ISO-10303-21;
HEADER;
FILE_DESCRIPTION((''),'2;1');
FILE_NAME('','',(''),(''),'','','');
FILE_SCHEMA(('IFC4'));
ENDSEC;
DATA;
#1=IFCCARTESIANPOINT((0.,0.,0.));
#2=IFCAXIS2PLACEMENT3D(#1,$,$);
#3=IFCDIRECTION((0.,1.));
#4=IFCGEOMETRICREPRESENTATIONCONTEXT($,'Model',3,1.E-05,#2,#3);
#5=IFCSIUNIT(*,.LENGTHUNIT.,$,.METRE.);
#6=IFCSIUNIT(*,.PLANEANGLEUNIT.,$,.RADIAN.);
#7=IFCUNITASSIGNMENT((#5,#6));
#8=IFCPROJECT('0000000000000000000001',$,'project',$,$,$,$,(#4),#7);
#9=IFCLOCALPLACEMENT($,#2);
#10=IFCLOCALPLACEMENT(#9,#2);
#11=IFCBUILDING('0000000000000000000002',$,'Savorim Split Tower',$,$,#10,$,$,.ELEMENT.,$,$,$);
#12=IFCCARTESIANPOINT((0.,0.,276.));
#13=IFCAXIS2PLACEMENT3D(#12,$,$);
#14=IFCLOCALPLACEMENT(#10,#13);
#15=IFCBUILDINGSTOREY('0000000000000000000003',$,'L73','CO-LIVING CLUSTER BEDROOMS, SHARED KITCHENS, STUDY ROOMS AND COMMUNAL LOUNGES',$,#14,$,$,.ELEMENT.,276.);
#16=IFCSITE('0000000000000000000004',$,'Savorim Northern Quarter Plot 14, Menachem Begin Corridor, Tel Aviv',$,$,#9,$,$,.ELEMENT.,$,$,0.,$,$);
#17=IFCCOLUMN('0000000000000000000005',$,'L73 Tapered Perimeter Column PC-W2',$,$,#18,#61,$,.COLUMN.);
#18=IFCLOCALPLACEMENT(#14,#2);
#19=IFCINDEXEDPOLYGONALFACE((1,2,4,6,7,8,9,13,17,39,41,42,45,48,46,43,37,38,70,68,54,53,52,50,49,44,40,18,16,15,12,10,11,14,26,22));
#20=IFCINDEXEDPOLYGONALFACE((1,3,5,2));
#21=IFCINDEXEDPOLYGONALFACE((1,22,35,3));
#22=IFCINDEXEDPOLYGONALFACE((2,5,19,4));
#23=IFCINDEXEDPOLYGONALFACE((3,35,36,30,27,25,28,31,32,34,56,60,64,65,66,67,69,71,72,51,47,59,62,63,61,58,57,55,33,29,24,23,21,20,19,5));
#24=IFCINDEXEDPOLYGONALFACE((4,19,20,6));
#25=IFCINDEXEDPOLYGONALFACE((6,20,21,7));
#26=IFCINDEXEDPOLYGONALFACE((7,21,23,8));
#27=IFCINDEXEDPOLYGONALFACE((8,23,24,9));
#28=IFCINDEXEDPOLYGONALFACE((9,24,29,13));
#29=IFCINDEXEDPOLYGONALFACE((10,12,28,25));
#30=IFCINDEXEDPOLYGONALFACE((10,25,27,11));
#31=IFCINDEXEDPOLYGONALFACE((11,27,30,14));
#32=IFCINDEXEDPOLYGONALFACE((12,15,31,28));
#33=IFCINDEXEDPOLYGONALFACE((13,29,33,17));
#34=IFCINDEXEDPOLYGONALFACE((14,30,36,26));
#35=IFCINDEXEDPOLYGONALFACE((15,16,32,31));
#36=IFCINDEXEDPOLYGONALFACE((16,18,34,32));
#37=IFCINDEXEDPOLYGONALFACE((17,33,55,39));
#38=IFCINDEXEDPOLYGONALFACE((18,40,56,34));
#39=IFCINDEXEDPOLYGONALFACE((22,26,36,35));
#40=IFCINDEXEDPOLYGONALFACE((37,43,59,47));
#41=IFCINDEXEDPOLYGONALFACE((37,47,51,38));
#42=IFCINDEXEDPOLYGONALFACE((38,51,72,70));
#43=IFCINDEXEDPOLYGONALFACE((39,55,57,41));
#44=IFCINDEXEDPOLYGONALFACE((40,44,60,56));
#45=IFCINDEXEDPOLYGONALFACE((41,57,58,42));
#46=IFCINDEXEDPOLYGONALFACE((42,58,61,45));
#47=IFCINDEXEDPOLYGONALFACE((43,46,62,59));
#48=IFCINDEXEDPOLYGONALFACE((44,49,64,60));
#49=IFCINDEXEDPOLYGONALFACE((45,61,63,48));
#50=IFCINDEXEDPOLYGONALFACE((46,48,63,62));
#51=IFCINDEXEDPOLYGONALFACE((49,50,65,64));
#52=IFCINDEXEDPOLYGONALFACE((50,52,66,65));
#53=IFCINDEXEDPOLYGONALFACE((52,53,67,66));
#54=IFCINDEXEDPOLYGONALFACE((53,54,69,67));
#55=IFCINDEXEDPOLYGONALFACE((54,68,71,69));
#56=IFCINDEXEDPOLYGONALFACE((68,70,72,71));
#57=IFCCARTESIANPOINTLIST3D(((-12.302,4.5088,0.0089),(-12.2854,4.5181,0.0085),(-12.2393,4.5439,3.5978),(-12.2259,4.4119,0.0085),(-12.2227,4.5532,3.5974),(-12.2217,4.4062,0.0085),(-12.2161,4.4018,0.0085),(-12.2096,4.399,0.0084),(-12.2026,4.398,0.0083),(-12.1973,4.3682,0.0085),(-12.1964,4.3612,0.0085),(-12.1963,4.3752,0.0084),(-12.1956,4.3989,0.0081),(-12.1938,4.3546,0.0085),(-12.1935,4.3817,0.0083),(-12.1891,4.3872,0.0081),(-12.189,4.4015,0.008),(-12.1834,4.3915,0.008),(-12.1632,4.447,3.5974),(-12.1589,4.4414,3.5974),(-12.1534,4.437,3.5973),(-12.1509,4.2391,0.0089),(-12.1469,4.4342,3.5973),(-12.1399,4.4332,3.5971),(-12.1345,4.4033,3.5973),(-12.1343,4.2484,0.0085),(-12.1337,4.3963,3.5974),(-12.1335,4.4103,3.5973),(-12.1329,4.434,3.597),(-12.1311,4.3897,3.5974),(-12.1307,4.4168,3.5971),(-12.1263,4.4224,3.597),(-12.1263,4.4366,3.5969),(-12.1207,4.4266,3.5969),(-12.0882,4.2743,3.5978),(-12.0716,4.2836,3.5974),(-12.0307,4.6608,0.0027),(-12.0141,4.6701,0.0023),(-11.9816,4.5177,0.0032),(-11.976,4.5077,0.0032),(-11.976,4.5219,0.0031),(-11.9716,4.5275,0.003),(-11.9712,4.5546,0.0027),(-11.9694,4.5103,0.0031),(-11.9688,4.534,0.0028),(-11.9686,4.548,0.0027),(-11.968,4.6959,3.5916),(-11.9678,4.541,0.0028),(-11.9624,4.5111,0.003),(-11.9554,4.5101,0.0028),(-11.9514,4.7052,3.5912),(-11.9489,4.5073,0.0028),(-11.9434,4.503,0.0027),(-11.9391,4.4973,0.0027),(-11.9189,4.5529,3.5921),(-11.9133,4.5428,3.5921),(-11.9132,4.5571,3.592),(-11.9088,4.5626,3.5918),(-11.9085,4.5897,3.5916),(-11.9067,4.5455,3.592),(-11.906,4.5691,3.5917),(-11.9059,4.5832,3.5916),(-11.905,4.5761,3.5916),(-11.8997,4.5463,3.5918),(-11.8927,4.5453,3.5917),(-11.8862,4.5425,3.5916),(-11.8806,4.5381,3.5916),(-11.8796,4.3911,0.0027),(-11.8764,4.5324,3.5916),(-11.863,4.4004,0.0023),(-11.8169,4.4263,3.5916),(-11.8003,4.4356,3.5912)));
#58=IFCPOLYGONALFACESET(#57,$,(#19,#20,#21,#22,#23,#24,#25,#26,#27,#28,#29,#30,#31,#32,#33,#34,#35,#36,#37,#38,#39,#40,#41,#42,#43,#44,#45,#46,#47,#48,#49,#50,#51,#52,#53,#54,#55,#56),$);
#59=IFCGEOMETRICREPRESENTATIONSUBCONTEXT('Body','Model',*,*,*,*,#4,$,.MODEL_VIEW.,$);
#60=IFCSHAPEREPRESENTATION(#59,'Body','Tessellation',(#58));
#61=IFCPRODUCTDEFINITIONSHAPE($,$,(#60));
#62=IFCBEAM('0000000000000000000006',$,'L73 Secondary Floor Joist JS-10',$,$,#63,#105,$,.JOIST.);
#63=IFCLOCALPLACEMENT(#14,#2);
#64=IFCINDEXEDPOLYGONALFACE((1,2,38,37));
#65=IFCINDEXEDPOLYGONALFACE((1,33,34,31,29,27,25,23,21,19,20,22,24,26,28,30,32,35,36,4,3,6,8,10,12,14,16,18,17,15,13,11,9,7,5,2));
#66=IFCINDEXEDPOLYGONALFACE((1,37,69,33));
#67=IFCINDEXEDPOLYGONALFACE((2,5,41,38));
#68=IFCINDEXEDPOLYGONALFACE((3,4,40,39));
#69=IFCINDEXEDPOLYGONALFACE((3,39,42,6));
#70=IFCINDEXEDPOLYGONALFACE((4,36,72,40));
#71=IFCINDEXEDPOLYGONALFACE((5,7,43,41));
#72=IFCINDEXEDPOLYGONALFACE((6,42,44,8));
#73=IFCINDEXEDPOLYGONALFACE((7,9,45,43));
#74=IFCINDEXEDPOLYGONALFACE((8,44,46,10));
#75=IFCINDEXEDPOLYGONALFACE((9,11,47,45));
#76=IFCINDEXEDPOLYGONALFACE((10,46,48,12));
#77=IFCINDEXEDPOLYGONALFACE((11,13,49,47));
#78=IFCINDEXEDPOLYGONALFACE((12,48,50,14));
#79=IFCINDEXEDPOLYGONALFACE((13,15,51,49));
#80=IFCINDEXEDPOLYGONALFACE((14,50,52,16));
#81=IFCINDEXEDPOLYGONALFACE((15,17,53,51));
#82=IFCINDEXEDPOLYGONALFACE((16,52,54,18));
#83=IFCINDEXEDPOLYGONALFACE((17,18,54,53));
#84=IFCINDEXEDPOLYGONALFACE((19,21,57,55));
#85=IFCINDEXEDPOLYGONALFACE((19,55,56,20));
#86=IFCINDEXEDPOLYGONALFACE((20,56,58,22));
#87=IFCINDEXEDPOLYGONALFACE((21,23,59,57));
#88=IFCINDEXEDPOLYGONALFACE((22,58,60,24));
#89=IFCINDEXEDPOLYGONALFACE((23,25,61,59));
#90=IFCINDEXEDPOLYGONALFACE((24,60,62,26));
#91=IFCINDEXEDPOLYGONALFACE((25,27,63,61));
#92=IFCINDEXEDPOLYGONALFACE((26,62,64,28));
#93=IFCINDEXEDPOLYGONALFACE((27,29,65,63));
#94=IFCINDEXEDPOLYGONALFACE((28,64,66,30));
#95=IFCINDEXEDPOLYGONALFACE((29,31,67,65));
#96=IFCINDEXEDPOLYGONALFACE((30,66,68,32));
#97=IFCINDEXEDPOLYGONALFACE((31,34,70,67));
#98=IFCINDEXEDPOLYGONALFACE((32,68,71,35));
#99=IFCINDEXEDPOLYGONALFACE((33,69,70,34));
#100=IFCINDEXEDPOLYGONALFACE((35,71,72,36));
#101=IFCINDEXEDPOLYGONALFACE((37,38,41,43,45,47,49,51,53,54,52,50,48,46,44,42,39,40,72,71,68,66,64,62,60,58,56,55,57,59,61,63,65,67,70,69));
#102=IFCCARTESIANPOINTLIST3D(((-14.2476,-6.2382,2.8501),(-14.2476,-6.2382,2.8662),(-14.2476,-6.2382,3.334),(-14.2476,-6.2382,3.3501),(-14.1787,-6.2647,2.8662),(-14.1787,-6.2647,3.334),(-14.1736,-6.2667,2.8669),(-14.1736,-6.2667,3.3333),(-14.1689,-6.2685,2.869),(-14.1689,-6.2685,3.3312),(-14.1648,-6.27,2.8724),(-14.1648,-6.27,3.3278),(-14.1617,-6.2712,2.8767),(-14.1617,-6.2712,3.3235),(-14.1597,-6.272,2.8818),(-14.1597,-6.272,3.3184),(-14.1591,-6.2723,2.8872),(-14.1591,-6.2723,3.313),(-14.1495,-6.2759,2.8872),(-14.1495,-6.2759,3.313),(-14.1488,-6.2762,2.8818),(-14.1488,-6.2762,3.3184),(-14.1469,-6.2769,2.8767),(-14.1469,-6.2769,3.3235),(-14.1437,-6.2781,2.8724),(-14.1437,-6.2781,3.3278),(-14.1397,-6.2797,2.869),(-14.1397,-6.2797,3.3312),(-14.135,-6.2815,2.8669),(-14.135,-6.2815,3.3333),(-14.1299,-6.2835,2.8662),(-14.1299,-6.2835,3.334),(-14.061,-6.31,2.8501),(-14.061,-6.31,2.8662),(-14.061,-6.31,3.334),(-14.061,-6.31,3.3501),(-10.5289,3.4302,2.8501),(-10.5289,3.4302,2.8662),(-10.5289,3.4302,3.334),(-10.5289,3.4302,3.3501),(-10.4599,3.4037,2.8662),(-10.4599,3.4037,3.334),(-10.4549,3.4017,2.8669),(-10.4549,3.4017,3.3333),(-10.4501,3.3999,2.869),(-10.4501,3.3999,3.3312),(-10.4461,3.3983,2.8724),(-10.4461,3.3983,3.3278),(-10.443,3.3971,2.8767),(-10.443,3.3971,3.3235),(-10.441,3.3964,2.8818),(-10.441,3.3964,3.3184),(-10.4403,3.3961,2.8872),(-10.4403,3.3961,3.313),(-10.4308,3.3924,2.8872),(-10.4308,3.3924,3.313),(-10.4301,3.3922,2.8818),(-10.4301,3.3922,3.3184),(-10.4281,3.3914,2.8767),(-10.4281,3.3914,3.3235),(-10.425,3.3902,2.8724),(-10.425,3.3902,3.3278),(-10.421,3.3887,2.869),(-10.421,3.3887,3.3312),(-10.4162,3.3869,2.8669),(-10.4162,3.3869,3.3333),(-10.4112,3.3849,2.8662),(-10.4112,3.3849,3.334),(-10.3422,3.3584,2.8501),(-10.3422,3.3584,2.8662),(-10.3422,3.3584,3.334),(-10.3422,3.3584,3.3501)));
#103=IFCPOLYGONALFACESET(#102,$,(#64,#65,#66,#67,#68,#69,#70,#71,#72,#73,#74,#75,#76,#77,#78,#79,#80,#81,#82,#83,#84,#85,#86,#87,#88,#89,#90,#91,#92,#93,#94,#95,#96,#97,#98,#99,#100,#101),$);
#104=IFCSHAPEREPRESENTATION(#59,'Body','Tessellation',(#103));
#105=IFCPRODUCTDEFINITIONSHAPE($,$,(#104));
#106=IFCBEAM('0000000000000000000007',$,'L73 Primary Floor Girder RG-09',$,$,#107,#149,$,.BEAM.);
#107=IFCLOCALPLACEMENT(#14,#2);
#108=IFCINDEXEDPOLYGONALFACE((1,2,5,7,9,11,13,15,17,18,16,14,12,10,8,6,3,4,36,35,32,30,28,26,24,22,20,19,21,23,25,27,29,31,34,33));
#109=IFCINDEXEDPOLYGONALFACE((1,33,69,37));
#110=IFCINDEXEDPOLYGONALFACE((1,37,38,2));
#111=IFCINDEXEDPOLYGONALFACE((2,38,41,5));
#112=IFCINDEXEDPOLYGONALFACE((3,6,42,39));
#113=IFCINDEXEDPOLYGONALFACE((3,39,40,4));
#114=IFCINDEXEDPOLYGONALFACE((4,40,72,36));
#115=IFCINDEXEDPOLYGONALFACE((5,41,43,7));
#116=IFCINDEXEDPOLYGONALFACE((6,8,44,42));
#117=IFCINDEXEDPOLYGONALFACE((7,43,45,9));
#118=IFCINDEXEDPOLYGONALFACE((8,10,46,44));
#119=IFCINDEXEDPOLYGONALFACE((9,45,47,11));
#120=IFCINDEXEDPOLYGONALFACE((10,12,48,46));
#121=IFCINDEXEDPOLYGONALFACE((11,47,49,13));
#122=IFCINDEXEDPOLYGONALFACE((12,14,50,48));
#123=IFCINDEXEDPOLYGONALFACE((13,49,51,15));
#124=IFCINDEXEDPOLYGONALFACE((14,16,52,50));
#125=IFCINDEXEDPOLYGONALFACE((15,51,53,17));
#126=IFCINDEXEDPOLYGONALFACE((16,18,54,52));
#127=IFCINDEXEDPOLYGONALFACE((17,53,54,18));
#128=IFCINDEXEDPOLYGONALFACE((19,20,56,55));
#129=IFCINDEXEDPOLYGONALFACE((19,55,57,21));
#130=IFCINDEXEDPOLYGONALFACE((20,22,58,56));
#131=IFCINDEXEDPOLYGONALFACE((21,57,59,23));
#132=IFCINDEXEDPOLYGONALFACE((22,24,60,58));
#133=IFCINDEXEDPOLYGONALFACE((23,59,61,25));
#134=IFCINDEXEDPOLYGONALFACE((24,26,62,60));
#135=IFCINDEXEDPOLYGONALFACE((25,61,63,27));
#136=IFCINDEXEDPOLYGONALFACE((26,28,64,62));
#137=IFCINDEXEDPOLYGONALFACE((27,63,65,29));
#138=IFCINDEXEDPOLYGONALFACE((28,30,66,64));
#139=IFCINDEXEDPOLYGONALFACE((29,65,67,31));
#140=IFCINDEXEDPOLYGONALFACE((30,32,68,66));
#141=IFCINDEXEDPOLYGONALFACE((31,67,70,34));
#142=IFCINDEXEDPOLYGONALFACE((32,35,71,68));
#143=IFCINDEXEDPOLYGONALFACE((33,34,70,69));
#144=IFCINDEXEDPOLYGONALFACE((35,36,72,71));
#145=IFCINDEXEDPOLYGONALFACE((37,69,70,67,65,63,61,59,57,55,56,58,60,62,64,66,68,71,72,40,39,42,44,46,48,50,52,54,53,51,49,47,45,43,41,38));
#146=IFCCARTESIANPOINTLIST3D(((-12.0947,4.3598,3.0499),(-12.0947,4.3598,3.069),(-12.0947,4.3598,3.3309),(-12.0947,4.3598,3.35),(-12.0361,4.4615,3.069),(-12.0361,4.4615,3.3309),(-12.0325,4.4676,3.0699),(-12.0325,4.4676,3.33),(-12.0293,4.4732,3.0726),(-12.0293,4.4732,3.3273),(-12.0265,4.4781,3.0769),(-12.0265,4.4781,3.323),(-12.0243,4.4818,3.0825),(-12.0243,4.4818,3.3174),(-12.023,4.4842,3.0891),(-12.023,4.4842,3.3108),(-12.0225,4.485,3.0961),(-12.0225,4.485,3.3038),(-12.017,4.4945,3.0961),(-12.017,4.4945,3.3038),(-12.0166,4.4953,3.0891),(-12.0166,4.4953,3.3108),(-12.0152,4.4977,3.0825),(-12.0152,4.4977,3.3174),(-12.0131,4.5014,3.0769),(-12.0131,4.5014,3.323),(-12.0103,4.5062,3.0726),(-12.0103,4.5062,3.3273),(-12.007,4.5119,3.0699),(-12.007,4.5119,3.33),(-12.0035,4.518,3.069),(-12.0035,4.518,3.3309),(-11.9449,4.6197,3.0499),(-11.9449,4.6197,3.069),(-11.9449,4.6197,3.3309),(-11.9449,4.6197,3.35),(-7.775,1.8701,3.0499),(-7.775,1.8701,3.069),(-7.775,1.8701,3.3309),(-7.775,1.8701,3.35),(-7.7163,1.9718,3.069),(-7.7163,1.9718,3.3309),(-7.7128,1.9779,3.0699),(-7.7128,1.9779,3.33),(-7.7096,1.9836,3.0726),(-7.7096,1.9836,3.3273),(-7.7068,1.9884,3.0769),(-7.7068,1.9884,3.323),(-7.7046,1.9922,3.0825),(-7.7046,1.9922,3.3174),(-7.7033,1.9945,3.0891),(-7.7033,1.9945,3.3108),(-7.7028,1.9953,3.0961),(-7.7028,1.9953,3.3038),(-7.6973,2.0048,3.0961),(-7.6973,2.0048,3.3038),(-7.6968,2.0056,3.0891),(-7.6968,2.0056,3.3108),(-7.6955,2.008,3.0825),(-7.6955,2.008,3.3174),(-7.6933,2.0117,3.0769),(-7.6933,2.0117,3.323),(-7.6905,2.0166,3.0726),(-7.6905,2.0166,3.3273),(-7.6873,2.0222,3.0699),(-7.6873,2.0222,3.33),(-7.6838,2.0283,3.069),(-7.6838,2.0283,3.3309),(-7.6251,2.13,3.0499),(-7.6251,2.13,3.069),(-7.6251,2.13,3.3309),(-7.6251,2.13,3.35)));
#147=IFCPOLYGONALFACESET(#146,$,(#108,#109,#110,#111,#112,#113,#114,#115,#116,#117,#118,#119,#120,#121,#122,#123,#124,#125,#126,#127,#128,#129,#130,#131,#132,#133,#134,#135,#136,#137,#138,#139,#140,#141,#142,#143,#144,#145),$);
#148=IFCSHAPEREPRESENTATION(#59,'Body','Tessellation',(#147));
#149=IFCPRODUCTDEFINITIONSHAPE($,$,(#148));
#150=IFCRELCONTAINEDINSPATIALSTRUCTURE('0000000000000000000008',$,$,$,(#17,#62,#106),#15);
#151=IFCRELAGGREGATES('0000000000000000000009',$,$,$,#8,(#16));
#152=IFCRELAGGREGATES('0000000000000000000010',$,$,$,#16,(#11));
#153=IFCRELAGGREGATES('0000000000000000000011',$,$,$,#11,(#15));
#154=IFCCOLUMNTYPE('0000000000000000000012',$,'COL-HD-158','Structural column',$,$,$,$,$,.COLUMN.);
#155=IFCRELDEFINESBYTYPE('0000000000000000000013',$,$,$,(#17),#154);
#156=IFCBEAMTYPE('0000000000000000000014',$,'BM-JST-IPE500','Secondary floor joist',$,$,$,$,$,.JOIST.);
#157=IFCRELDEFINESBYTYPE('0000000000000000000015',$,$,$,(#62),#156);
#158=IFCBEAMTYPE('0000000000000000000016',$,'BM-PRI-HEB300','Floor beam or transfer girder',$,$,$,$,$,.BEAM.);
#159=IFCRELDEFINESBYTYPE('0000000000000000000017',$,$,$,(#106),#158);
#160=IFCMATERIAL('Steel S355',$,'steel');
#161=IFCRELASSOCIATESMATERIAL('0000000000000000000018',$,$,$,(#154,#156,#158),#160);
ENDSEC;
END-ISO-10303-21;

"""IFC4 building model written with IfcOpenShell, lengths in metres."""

from ifc_helpers import new_model, si_unit, direction, frame, origin, origin_2d, place, context, subcontext, project, spatial, i_section, extrude, material, material_profile, profile_set, type_object, element, save


model = new_model("IFC4")

# Units and contexts
model_context = context("Model", 3, precision=1e-05, world=origin(), true_north=direction((0.0, 1.0)))
body_context = subcontext(model_context, "Body", "Model", "MODEL_VIEW")
ifc_project = project(units=[si_unit("LENGTHUNIT", "METRE"), si_unit("PLANEANGLEUNIT", "RADIAN")], contexts=[model_context])

# Site, building, storey
site_placement = place(None, origin())
site = spatial("IfcSite", under=ifc_project, at=site_placement, Name="Savorim Northern Quarter Plot 14, Menachem Begin Corridor, Tel Aviv", CompositionType="ELEMENT", RefElevation=0.0)
building_placement = place(site_placement, origin())
building = spatial("IfcBuilding", under=site, at=building_placement, Name="Savorim Split Tower", CompositionType="ELEMENT")
storey_placement = place(building_placement, frame((0.0, 0.0, 276.0)))
storey = spatial("IfcBuildingStorey", under=building, at=storey_placement, Name="L73", Description="CO-LIVING CLUSTER BEDROOMS, SHARED KITCHENS, STUDY ROOMS AND COMMUNAL LOUNGES", CompositionType="ELEMENT", Elevation=276.0)

# Column
ifc_material_1 = material(Name="Steel S355", Category="steel")
ifc_material_profile_1 = material_profile(ifc_material_1, i_section(OverallWidth=0.3091, OverallDepth=0.3301, WebThickness=0.0115, FlangeThickness=0.019, FilletRadius=0.0271, at=origin_2d()), Name="HD 320x158")
ifc_profile_set_1 = profile_set([ifc_material_profile_1], Name="Steel S355")
column_type = type_object("IfcColumnType", Name="COL-HD-158", Description="Structural column", PredefinedType="COLUMN", material=ifc_profile_set_1)
column_placement = place(storey_placement, frame((-12.0825, 4.4546, 0.0056), z_axis=(0.017479, 0.009794, 0.999799), x_axis=(-0.48881, 0.87239, 0.0)))
element("IfcColumn", 1, at=column_placement, inside=storey, type_object=column_type, Name="L73 Tapered Perimeter Column PC-W2", PredefinedType="COLUMN", context=body_context, shape_type="SweptSolid", body=[
    extrude(i_section(OverallWidth=0.3091, OverallDepth=0.3301, WebThickness=0.0115, FlangeThickness=0.019, FilletRadius=0.0271, at=origin_2d()), origin(), (0.0, 0.0, 1.0), 3.5896),
])

# Beams
ifc_material_profile_2 = material_profile(ifc_material_1, i_section(OverallWidth=0.2, OverallDepth=0.5, WebThickness=0.0103, FlangeThickness=0.0161, FilletRadius=0.021, at=origin_2d()), Name="IPE 500")
ifc_profile_set_2 = profile_set([ifc_material_profile_2], Name="Steel S355")
beam_type_1 = type_object("IfcBeamType", Name="BM-JST-IPE500", Description="Secondary floor joist", PredefinedType="JOIST", material=ifc_profile_set_2)
beam_1_placement = place(storey_placement, frame((-10.4355, 3.3943, 3.1001), z_axis=(-0.358989, -0.933342, 0.0), x_axis=(0.933342, -0.358989, 0.0)))
element("IfcBeam", 2, at=beam_1_placement, inside=storey, type_object=beam_type_1, Name="L73 Secondary Floor Joist JS-10", PredefinedType="JOIST", context=body_context, shape_type="SweptSolid", body=[
    extrude(i_section(OverallWidth=0.2, OverallDepth=0.5, WebThickness=0.0103, FlangeThickness=0.0161, FilletRadius=0.021, at=origin_2d()), origin(), (0.0, 0.0, 1.0), 10.3589),
])
ifc_material_profile_3 = material_profile(ifc_material_1, i_section(OverallWidth=0.3, OverallDepth=0.3, WebThickness=0.011, FlangeThickness=0.019, FilletRadius=0.0271, at=origin_2d()), Name="HEB 300")
ifc_profile_set_3 = profile_set([ifc_material_profile_3], Name="Steel S355")
beam_type_2 = type_object("IfcBeamType", Name="BM-PRI-HEB300", Description="Floor beam or transfer girder", PredefinedType="BEAM", material=ifc_profile_set_3)
beam_2_placement = place(storey_placement, frame((-12.0198, 4.4897, 3.2), z_axis=(0.866399, -0.499352, 0.0), x_axis=(0.499352, 0.866399, 0.0)))
element("IfcBeam", 3, at=beam_2_placement, inside=storey, type_object=beam_type_2, Name="L73 Primary Floor Girder RG-09", PredefinedType="BEAM", context=body_context, shape_type="SweptSolid", body=[
    extrude(i_section(OverallWidth=0.3, OverallDepth=0.3, WebThickness=0.011, FlangeThickness=0.019, FilletRadius=0.0271, at=origin_2d()), origin(), (0.0, 0.0, 1.0), 4.9858),
])

save(model, "model.ifc")
